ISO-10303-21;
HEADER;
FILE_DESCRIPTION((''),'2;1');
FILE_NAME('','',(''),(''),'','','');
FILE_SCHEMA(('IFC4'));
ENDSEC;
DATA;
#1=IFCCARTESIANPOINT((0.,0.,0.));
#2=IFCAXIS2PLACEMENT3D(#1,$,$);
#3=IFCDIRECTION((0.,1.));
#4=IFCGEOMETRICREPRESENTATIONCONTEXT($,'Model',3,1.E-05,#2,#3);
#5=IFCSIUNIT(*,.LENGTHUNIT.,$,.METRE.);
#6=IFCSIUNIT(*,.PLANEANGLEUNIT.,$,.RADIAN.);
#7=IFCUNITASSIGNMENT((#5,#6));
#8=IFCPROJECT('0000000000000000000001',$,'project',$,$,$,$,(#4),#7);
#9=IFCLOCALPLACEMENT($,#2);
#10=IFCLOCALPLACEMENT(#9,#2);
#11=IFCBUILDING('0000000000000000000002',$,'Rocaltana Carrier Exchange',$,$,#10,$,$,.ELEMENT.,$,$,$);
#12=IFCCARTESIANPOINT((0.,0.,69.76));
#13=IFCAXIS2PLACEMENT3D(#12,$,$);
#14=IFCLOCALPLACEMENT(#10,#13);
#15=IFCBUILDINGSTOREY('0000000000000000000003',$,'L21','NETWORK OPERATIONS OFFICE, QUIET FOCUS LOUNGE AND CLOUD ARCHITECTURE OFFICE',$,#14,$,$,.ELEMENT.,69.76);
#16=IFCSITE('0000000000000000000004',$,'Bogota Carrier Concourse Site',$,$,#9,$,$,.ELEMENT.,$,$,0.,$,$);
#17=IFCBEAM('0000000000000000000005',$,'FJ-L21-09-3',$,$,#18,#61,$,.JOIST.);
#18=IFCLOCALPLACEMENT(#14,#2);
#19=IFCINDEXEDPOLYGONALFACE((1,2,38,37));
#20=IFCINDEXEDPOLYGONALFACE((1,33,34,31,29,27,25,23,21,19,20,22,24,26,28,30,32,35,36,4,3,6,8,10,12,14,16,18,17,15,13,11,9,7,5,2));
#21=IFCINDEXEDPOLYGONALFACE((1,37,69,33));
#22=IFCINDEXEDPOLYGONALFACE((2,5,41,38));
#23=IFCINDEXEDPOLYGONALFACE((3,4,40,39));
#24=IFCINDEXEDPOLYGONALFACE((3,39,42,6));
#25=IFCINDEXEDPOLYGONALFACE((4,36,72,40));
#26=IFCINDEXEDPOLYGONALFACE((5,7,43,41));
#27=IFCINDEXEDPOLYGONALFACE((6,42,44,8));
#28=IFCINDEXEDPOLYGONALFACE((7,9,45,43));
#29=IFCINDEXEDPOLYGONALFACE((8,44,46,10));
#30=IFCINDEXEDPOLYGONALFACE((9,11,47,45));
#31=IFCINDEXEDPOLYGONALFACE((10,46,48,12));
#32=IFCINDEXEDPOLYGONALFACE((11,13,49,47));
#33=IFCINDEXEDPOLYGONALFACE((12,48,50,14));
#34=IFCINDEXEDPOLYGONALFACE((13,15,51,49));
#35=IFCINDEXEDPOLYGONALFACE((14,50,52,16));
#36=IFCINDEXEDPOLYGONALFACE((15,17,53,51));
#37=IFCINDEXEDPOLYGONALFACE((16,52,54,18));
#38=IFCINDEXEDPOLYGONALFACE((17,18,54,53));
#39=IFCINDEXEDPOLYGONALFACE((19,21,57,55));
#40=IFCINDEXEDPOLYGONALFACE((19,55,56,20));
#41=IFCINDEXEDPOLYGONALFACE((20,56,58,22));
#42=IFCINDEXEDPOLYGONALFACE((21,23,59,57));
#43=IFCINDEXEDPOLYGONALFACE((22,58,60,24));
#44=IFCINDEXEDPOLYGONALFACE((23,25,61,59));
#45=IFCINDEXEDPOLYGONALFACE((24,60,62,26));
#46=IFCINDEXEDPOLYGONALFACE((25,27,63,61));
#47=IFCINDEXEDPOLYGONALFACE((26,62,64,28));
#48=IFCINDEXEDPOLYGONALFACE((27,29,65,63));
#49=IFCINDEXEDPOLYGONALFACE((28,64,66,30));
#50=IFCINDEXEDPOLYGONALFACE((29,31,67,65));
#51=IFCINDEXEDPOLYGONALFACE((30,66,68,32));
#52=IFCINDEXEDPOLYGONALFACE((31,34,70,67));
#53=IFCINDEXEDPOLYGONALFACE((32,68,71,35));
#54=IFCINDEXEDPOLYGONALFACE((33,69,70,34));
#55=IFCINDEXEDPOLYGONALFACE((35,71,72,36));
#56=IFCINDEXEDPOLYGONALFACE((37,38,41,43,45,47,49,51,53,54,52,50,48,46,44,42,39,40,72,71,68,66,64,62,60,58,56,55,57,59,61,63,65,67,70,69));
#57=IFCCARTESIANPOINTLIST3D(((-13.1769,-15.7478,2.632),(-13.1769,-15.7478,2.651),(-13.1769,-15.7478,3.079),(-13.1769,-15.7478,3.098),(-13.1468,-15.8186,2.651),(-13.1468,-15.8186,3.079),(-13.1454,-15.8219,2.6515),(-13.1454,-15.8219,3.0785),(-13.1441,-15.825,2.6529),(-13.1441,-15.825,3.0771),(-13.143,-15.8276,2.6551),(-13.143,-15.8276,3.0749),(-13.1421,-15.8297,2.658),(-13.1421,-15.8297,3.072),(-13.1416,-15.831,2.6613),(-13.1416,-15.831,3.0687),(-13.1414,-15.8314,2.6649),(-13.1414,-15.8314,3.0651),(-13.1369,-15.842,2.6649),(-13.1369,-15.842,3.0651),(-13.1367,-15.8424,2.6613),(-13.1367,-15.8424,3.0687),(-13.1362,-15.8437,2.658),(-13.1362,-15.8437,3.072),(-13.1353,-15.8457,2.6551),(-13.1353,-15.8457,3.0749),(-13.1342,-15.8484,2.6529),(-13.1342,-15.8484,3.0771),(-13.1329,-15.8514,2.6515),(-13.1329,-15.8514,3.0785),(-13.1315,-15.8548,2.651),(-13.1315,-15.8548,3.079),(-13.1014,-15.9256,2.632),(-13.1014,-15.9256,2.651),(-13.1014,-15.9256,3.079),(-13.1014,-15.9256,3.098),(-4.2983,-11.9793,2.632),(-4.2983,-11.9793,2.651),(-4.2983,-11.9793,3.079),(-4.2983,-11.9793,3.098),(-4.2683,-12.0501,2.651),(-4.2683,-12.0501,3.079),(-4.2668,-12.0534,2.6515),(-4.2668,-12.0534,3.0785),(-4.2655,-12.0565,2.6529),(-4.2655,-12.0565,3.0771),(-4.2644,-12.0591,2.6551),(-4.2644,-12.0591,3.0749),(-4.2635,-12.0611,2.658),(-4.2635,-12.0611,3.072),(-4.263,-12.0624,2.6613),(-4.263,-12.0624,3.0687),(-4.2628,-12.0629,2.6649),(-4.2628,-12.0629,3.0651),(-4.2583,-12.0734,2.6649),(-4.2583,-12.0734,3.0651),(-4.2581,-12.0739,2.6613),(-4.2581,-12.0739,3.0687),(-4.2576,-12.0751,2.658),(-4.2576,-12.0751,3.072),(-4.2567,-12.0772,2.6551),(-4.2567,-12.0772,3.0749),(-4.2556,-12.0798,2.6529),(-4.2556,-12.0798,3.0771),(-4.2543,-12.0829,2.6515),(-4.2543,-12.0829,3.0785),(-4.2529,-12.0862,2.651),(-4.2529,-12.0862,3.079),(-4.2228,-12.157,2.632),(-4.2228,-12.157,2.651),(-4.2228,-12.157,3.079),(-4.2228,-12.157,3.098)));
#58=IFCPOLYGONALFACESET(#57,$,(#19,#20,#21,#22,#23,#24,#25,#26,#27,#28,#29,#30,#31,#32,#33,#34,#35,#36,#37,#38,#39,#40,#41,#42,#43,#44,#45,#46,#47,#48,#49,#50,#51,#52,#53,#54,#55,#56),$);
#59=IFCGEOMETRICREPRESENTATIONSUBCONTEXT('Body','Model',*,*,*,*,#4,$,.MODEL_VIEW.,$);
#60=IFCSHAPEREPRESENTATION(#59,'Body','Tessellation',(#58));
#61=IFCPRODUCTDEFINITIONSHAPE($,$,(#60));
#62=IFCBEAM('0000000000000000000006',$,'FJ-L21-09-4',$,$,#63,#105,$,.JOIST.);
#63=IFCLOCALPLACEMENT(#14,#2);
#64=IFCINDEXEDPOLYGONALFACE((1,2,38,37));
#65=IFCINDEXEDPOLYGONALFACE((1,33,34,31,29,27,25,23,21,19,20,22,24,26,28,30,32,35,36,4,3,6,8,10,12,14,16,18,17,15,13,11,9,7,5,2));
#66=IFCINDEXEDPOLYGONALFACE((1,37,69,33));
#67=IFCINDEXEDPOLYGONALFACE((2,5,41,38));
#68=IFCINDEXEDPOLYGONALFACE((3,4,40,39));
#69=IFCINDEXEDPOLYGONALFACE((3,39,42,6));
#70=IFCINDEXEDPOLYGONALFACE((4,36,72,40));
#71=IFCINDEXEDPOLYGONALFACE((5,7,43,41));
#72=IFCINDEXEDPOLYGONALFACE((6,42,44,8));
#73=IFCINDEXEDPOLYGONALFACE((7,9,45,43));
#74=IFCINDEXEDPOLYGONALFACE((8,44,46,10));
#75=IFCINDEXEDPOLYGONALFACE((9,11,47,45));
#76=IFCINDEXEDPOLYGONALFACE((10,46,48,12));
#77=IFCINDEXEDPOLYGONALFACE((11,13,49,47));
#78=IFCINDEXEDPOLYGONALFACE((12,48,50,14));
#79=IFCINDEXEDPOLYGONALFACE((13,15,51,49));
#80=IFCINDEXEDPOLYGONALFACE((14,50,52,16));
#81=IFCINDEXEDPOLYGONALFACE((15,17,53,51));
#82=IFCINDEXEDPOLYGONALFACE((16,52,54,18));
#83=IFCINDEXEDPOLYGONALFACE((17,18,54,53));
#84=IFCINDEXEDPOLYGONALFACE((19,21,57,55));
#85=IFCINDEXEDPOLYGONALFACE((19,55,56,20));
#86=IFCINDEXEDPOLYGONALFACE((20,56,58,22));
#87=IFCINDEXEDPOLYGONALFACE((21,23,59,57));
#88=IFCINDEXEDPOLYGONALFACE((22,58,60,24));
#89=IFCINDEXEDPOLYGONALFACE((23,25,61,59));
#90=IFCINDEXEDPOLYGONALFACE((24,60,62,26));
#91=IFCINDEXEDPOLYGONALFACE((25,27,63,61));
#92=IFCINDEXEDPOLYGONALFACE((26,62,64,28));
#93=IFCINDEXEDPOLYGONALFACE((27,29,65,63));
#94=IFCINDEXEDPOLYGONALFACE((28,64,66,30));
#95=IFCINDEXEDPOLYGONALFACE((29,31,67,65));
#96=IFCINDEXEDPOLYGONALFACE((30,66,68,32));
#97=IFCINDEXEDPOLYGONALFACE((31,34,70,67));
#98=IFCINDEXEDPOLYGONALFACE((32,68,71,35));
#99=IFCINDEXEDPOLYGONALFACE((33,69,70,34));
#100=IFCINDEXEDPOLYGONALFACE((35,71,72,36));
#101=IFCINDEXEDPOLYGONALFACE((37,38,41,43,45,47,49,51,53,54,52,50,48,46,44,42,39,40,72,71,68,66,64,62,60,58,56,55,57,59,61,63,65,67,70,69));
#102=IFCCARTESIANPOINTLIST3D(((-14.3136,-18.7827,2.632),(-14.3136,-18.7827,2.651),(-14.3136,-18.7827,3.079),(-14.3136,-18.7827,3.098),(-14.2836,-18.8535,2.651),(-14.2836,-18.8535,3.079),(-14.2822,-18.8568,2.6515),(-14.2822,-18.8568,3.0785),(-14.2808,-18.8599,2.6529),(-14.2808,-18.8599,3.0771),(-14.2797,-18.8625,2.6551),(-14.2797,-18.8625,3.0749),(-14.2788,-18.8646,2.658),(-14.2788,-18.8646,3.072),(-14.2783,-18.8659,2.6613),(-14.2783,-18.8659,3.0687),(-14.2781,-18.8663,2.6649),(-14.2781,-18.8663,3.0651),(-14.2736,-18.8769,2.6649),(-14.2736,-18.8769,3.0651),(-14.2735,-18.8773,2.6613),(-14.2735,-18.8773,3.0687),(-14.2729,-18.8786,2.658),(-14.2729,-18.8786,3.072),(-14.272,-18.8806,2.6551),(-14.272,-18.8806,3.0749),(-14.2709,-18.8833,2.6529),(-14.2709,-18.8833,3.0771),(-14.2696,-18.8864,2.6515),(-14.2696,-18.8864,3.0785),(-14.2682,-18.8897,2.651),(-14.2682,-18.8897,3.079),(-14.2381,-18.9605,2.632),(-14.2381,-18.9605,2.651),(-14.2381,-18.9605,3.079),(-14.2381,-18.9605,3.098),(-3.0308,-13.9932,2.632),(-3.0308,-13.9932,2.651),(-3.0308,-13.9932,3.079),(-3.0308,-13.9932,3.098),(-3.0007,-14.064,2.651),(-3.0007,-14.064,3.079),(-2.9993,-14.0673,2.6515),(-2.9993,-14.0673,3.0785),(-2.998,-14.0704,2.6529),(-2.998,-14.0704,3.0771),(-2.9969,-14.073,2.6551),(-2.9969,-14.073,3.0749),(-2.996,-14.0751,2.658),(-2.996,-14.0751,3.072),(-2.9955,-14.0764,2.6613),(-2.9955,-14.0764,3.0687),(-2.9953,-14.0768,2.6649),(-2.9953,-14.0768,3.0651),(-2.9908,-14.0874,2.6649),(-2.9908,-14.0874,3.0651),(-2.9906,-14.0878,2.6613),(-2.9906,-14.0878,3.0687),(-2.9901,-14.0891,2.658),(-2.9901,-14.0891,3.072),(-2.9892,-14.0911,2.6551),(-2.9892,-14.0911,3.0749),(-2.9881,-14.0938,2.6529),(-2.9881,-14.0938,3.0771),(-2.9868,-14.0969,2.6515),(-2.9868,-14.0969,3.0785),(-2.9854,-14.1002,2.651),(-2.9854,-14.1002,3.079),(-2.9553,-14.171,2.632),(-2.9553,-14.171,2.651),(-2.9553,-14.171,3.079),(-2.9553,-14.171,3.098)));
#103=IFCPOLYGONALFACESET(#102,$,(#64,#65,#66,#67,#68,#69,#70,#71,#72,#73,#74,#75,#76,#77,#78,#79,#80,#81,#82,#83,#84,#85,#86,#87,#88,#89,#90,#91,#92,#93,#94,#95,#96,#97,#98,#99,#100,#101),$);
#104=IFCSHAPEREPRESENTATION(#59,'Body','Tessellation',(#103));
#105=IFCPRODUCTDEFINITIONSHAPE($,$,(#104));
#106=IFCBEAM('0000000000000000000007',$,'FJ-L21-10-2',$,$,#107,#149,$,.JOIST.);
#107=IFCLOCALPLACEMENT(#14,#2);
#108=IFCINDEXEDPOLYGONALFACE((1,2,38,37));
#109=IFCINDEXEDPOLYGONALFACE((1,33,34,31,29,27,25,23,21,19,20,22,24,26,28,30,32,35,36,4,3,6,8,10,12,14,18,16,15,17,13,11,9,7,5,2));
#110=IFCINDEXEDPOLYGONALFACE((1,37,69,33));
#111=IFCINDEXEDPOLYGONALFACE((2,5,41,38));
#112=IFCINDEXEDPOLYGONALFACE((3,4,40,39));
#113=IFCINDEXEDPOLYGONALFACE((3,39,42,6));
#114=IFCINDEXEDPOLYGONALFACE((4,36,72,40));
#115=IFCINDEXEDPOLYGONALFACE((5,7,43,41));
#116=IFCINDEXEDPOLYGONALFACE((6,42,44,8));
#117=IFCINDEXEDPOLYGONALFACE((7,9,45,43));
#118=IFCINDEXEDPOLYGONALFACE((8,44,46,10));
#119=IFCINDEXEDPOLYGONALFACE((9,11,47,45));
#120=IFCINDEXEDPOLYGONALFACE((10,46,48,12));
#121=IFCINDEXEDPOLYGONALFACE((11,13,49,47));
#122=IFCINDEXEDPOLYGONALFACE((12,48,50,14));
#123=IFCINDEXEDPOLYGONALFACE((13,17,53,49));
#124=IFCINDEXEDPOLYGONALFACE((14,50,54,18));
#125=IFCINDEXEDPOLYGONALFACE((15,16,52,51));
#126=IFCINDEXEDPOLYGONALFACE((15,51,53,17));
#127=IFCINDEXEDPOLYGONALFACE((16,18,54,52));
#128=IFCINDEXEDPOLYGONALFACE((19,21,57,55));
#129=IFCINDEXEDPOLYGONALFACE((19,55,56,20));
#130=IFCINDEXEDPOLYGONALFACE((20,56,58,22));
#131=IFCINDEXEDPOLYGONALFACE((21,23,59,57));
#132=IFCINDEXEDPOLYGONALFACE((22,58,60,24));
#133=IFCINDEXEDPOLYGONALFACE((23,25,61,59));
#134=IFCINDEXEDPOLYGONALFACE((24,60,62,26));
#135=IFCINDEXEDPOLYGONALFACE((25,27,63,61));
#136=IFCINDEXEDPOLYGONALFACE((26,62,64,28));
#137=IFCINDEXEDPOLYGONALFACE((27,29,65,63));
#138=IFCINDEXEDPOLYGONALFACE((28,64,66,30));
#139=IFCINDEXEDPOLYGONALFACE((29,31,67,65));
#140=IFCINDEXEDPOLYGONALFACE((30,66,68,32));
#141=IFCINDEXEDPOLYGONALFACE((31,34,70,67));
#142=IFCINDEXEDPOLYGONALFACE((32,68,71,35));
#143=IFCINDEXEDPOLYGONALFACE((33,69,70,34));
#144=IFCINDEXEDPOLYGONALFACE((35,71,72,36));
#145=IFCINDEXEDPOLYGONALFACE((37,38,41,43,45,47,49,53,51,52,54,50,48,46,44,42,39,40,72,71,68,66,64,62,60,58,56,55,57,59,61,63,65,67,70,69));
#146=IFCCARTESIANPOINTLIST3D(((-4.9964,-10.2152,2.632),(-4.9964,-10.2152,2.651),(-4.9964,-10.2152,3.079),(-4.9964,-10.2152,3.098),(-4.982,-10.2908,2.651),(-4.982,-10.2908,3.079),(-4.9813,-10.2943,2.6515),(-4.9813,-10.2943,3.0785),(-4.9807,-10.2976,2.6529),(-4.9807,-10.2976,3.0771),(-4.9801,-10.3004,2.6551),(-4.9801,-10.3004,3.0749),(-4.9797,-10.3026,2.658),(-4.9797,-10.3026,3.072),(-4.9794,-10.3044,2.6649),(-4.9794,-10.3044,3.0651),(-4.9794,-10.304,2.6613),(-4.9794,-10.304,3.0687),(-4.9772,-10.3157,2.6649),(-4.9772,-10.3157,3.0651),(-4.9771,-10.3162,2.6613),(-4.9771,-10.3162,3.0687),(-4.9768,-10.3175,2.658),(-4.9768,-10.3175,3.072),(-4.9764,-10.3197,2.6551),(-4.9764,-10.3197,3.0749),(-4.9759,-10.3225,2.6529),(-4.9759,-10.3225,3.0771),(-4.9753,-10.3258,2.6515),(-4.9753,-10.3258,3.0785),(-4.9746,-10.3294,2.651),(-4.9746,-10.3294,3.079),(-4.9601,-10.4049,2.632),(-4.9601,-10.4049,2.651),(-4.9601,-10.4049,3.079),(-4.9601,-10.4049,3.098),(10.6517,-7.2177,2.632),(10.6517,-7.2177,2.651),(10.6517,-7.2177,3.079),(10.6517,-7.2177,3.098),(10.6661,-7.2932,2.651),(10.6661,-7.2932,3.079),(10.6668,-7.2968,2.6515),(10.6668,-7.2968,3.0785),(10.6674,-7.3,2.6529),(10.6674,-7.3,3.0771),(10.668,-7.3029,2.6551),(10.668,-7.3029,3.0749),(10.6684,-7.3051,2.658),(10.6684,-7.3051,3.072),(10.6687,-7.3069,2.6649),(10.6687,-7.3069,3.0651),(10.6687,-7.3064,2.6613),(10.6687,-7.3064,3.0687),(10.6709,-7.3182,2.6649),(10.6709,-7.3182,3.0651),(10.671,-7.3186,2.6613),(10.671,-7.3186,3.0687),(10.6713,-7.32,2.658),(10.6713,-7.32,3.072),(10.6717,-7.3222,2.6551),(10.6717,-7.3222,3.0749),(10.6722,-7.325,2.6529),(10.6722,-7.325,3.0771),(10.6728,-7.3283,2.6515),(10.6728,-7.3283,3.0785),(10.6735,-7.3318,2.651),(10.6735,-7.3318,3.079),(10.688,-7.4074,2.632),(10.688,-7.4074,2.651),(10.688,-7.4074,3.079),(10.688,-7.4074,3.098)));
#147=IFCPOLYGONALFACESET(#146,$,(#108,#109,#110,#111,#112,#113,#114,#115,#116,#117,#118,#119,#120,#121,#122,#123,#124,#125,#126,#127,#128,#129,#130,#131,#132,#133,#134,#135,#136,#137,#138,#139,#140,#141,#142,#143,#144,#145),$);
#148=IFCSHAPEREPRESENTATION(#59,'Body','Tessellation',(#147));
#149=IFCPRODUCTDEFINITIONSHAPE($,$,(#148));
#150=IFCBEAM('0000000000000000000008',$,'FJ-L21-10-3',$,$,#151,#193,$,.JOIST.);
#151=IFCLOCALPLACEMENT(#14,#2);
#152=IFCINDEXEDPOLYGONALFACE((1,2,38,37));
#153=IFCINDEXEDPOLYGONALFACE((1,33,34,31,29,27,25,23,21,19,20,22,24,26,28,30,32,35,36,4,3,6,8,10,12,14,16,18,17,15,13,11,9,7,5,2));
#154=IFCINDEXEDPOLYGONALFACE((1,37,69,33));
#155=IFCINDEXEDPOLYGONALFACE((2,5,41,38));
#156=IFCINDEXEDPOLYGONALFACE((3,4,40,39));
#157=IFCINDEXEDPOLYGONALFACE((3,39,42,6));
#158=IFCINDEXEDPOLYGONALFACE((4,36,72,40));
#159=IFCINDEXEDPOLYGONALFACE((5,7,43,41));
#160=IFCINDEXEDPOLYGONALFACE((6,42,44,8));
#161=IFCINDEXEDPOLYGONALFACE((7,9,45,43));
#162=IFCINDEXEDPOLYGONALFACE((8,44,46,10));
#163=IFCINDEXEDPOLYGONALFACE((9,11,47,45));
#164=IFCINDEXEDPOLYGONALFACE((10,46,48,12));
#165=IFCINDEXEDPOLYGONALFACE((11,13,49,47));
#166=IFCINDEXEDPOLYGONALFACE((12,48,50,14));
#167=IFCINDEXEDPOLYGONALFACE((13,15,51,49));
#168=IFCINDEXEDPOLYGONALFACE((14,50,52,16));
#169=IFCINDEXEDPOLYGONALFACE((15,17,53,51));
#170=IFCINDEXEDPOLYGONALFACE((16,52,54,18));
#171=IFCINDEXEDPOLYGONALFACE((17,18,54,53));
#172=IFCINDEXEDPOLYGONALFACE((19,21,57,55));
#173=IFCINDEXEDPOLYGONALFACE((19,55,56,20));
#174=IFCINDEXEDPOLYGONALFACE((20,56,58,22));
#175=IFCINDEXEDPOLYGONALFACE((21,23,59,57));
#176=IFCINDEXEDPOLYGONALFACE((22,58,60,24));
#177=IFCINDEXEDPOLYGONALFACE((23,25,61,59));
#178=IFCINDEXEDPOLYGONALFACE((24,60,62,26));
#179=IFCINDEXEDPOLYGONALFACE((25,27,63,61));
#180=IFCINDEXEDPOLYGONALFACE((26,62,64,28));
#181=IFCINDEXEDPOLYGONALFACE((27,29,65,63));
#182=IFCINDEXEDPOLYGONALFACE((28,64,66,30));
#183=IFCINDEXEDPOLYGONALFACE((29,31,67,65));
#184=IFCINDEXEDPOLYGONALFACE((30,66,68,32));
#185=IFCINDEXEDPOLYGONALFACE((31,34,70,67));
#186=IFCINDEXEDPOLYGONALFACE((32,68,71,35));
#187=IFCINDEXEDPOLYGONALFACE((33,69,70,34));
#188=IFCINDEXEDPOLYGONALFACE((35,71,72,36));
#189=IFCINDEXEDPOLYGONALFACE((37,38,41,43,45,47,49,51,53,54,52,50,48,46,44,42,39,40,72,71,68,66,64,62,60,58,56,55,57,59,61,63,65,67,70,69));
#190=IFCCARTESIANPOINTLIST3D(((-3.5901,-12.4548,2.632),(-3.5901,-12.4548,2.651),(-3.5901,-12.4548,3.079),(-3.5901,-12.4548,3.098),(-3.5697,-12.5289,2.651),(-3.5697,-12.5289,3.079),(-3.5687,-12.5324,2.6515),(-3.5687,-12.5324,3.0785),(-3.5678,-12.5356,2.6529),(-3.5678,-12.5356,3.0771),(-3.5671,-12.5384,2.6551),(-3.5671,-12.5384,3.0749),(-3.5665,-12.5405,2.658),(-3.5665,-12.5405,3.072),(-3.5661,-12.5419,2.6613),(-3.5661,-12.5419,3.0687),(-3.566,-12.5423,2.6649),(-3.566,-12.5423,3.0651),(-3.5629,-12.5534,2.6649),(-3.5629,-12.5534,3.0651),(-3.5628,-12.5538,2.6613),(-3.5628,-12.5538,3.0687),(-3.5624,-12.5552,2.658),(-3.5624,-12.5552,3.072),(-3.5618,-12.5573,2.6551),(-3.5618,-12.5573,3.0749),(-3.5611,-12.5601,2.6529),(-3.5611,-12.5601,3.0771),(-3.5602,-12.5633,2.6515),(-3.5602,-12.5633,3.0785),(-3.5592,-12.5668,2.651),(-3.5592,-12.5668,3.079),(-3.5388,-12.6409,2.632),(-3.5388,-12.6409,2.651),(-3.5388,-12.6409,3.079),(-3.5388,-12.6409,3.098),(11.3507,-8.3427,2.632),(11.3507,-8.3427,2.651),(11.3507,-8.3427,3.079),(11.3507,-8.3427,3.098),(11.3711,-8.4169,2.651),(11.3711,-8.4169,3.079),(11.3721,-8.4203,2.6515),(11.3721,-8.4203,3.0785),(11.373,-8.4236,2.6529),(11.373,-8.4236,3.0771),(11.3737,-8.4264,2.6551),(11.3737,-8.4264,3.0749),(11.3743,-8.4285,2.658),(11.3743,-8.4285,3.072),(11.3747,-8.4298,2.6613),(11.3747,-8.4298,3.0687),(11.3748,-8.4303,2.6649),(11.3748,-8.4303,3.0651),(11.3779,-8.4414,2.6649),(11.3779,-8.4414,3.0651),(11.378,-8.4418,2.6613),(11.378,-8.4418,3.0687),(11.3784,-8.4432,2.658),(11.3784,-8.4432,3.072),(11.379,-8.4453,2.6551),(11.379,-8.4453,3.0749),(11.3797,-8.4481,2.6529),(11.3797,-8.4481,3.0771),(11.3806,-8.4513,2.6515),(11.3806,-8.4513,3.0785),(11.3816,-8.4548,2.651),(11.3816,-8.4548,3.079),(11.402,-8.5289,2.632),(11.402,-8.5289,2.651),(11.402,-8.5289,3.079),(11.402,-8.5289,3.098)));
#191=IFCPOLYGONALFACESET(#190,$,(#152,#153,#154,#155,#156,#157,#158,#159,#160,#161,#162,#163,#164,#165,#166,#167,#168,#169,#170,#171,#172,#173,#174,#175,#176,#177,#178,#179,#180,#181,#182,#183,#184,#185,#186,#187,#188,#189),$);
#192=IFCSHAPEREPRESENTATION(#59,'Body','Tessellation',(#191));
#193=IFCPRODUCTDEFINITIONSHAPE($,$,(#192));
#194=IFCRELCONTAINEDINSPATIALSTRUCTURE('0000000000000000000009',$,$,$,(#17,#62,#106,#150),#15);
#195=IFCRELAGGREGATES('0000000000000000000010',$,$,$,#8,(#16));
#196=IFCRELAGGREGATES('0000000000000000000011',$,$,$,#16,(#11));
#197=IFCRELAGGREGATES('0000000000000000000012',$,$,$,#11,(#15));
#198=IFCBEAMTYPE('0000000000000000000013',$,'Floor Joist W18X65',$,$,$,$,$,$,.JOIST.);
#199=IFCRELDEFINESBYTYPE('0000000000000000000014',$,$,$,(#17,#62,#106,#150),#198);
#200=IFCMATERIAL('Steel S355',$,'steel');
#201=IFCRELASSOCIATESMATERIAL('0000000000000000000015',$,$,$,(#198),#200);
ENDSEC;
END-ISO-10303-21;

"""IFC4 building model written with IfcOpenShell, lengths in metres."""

from ifc_helpers import new_model, si_unit, direction, frame, origin, origin_2d, place, context, subcontext, project, spatial, i_section, extrude, material, material_profile, profile_set, type_object, element, save


model = new_model("IFC4")

# Units and contexts
model_context = context("Model", 3, precision=1e-05, world=origin(), true_north=direction((0.0, 1.0)))
body_context = subcontext(model_context, "Body", "Model", "MODEL_VIEW")
ifc_project = project(units=[si_unit("LENGTHUNIT", "METRE"), si_unit("PLANEANGLEUNIT", "RADIAN")], contexts=[model_context])

# Site, building, storey
site_placement = place(None, origin())
site = spatial("IfcSite", under=ifc_project, at=site_placement, Name="Bogota Carrier Concourse Site", CompositionType="ELEMENT", RefElevation=0.0)
building_placement = place(site_placement, origin())
building = spatial("IfcBuilding", under=site, at=building_placement, Name="Rocaltana Carrier Exchange", CompositionType="ELEMENT")
storey_placement = place(building_placement, frame((0.0, 0.0, 69.76)))
storey = spatial("IfcBuildingStorey", under=building, at=storey_placement, Name="L21", Description="NETWORK OPERATIONS OFFICE, QUIET FOCUS LOUNGE AND CLOUD ARCHITECTURE OFFICE", CompositionType="ELEMENT", Elevation=69.76)

# Beams
ifc_material_1 = material(Name="Steel S355", Category="steel")
ifc_material_profile_1 = material_profile(ifc_material_1, i_section(OverallWidth=0.1931, OverallDepth=0.4661, WebThickness=0.0115, FlangeThickness=0.019, FilletRadius=0.0139, at=origin_2d()), Name="W18X65")
ifc_profile_set_1 = profile_set([ifc_material_profile_1], Name="Steel S355")
beam_type = type_object("IfcBeamType", Name="Floor Joist W18X65", PredefinedType="JOIST", material=ifc_profile_set_1)
beam_1_placement = place(storey_placement, frame((-13.1392, -15.8367, 2.865), z_axis=(0.920513, 0.390712, 0.0), x_axis=(-0.390712, 0.920513, 0.0)))
element("IfcBeam", 1, at=beam_1_placement, inside=storey, type_object=beam_type, Name="FJ-L21-09-3", PredefinedType="JOIST", context=body_context, shape_type="SweptSolid", body=[
    extrude(i_section(OverallWidth=0.1931, OverallDepth=0.4661, WebThickness=0.0115, FlangeThickness=0.019, FilletRadius=0.0139, at=origin_2d()), origin(), (0.0, 0.0, 1.0), 9.6453),
])
beam_2_placement = place(storey_placement, frame((-14.2759, -18.8716, 2.865), z_axis=(0.920498, 0.390746, 0.0), x_axis=(-0.390746, 0.920498, 0.0)))
element("IfcBeam", 2, at=beam_2_placement, inside=storey, type_object=beam_type, Name="FJ-L21-09-4", PredefinedType="JOIST", context=body_context, shape_type="SweptSolid", body=[
    extrude(i_section(OverallWidth=0.1931, OverallDepth=0.4661, WebThickness=0.0115, FlangeThickness=0.019, FilletRadius=0.0139, at=origin_2d()), origin(), (0.0, 0.0, 1.0), 12.2573),
])
beam_3_placement = place(storey_placement, frame((-4.9783, -10.3101, 2.865), z_axis=(0.982142, 0.188139, 0.0), x_axis=(-0.188139, 0.982142, 0.0)))
element("IfcBeam", 3, at=beam_3_placement, inside=storey, type_object=beam_type, Name="FJ-L21-10-2", PredefinedType="JOIST", context=body_context, shape_type="SweptSolid", body=[
    extrude(i_section(OverallWidth=0.1931, OverallDepth=0.4661, WebThickness=0.0115, FlangeThickness=0.019, FilletRadius=0.0139, at=origin_2d()), origin(), (0.0, 0.0, 1.0), 15.9326),
])
beam_4_placement = place(storey_placement, frame((-3.5645, -12.5479, 2.865), z_axis=(0.964151, 0.265355, 0.0), x_axis=(-0.265355, 0.964151, 0.0)))
element("IfcBeam", 4, at=beam_4_placement, inside=storey, type_object=beam_type, Name="FJ-L21-10-3", PredefinedType="JOIST", context=body_context, shape_type="SweptSolid", body=[
    extrude(i_section(OverallWidth=0.1931, OverallDepth=0.4661, WebThickness=0.0115, FlangeThickness=0.019, FilletRadius=0.0139, at=origin_2d()), origin(), (0.0, 0.0, 1.0), 15.4963),
])

save(model, "model.ifc")
